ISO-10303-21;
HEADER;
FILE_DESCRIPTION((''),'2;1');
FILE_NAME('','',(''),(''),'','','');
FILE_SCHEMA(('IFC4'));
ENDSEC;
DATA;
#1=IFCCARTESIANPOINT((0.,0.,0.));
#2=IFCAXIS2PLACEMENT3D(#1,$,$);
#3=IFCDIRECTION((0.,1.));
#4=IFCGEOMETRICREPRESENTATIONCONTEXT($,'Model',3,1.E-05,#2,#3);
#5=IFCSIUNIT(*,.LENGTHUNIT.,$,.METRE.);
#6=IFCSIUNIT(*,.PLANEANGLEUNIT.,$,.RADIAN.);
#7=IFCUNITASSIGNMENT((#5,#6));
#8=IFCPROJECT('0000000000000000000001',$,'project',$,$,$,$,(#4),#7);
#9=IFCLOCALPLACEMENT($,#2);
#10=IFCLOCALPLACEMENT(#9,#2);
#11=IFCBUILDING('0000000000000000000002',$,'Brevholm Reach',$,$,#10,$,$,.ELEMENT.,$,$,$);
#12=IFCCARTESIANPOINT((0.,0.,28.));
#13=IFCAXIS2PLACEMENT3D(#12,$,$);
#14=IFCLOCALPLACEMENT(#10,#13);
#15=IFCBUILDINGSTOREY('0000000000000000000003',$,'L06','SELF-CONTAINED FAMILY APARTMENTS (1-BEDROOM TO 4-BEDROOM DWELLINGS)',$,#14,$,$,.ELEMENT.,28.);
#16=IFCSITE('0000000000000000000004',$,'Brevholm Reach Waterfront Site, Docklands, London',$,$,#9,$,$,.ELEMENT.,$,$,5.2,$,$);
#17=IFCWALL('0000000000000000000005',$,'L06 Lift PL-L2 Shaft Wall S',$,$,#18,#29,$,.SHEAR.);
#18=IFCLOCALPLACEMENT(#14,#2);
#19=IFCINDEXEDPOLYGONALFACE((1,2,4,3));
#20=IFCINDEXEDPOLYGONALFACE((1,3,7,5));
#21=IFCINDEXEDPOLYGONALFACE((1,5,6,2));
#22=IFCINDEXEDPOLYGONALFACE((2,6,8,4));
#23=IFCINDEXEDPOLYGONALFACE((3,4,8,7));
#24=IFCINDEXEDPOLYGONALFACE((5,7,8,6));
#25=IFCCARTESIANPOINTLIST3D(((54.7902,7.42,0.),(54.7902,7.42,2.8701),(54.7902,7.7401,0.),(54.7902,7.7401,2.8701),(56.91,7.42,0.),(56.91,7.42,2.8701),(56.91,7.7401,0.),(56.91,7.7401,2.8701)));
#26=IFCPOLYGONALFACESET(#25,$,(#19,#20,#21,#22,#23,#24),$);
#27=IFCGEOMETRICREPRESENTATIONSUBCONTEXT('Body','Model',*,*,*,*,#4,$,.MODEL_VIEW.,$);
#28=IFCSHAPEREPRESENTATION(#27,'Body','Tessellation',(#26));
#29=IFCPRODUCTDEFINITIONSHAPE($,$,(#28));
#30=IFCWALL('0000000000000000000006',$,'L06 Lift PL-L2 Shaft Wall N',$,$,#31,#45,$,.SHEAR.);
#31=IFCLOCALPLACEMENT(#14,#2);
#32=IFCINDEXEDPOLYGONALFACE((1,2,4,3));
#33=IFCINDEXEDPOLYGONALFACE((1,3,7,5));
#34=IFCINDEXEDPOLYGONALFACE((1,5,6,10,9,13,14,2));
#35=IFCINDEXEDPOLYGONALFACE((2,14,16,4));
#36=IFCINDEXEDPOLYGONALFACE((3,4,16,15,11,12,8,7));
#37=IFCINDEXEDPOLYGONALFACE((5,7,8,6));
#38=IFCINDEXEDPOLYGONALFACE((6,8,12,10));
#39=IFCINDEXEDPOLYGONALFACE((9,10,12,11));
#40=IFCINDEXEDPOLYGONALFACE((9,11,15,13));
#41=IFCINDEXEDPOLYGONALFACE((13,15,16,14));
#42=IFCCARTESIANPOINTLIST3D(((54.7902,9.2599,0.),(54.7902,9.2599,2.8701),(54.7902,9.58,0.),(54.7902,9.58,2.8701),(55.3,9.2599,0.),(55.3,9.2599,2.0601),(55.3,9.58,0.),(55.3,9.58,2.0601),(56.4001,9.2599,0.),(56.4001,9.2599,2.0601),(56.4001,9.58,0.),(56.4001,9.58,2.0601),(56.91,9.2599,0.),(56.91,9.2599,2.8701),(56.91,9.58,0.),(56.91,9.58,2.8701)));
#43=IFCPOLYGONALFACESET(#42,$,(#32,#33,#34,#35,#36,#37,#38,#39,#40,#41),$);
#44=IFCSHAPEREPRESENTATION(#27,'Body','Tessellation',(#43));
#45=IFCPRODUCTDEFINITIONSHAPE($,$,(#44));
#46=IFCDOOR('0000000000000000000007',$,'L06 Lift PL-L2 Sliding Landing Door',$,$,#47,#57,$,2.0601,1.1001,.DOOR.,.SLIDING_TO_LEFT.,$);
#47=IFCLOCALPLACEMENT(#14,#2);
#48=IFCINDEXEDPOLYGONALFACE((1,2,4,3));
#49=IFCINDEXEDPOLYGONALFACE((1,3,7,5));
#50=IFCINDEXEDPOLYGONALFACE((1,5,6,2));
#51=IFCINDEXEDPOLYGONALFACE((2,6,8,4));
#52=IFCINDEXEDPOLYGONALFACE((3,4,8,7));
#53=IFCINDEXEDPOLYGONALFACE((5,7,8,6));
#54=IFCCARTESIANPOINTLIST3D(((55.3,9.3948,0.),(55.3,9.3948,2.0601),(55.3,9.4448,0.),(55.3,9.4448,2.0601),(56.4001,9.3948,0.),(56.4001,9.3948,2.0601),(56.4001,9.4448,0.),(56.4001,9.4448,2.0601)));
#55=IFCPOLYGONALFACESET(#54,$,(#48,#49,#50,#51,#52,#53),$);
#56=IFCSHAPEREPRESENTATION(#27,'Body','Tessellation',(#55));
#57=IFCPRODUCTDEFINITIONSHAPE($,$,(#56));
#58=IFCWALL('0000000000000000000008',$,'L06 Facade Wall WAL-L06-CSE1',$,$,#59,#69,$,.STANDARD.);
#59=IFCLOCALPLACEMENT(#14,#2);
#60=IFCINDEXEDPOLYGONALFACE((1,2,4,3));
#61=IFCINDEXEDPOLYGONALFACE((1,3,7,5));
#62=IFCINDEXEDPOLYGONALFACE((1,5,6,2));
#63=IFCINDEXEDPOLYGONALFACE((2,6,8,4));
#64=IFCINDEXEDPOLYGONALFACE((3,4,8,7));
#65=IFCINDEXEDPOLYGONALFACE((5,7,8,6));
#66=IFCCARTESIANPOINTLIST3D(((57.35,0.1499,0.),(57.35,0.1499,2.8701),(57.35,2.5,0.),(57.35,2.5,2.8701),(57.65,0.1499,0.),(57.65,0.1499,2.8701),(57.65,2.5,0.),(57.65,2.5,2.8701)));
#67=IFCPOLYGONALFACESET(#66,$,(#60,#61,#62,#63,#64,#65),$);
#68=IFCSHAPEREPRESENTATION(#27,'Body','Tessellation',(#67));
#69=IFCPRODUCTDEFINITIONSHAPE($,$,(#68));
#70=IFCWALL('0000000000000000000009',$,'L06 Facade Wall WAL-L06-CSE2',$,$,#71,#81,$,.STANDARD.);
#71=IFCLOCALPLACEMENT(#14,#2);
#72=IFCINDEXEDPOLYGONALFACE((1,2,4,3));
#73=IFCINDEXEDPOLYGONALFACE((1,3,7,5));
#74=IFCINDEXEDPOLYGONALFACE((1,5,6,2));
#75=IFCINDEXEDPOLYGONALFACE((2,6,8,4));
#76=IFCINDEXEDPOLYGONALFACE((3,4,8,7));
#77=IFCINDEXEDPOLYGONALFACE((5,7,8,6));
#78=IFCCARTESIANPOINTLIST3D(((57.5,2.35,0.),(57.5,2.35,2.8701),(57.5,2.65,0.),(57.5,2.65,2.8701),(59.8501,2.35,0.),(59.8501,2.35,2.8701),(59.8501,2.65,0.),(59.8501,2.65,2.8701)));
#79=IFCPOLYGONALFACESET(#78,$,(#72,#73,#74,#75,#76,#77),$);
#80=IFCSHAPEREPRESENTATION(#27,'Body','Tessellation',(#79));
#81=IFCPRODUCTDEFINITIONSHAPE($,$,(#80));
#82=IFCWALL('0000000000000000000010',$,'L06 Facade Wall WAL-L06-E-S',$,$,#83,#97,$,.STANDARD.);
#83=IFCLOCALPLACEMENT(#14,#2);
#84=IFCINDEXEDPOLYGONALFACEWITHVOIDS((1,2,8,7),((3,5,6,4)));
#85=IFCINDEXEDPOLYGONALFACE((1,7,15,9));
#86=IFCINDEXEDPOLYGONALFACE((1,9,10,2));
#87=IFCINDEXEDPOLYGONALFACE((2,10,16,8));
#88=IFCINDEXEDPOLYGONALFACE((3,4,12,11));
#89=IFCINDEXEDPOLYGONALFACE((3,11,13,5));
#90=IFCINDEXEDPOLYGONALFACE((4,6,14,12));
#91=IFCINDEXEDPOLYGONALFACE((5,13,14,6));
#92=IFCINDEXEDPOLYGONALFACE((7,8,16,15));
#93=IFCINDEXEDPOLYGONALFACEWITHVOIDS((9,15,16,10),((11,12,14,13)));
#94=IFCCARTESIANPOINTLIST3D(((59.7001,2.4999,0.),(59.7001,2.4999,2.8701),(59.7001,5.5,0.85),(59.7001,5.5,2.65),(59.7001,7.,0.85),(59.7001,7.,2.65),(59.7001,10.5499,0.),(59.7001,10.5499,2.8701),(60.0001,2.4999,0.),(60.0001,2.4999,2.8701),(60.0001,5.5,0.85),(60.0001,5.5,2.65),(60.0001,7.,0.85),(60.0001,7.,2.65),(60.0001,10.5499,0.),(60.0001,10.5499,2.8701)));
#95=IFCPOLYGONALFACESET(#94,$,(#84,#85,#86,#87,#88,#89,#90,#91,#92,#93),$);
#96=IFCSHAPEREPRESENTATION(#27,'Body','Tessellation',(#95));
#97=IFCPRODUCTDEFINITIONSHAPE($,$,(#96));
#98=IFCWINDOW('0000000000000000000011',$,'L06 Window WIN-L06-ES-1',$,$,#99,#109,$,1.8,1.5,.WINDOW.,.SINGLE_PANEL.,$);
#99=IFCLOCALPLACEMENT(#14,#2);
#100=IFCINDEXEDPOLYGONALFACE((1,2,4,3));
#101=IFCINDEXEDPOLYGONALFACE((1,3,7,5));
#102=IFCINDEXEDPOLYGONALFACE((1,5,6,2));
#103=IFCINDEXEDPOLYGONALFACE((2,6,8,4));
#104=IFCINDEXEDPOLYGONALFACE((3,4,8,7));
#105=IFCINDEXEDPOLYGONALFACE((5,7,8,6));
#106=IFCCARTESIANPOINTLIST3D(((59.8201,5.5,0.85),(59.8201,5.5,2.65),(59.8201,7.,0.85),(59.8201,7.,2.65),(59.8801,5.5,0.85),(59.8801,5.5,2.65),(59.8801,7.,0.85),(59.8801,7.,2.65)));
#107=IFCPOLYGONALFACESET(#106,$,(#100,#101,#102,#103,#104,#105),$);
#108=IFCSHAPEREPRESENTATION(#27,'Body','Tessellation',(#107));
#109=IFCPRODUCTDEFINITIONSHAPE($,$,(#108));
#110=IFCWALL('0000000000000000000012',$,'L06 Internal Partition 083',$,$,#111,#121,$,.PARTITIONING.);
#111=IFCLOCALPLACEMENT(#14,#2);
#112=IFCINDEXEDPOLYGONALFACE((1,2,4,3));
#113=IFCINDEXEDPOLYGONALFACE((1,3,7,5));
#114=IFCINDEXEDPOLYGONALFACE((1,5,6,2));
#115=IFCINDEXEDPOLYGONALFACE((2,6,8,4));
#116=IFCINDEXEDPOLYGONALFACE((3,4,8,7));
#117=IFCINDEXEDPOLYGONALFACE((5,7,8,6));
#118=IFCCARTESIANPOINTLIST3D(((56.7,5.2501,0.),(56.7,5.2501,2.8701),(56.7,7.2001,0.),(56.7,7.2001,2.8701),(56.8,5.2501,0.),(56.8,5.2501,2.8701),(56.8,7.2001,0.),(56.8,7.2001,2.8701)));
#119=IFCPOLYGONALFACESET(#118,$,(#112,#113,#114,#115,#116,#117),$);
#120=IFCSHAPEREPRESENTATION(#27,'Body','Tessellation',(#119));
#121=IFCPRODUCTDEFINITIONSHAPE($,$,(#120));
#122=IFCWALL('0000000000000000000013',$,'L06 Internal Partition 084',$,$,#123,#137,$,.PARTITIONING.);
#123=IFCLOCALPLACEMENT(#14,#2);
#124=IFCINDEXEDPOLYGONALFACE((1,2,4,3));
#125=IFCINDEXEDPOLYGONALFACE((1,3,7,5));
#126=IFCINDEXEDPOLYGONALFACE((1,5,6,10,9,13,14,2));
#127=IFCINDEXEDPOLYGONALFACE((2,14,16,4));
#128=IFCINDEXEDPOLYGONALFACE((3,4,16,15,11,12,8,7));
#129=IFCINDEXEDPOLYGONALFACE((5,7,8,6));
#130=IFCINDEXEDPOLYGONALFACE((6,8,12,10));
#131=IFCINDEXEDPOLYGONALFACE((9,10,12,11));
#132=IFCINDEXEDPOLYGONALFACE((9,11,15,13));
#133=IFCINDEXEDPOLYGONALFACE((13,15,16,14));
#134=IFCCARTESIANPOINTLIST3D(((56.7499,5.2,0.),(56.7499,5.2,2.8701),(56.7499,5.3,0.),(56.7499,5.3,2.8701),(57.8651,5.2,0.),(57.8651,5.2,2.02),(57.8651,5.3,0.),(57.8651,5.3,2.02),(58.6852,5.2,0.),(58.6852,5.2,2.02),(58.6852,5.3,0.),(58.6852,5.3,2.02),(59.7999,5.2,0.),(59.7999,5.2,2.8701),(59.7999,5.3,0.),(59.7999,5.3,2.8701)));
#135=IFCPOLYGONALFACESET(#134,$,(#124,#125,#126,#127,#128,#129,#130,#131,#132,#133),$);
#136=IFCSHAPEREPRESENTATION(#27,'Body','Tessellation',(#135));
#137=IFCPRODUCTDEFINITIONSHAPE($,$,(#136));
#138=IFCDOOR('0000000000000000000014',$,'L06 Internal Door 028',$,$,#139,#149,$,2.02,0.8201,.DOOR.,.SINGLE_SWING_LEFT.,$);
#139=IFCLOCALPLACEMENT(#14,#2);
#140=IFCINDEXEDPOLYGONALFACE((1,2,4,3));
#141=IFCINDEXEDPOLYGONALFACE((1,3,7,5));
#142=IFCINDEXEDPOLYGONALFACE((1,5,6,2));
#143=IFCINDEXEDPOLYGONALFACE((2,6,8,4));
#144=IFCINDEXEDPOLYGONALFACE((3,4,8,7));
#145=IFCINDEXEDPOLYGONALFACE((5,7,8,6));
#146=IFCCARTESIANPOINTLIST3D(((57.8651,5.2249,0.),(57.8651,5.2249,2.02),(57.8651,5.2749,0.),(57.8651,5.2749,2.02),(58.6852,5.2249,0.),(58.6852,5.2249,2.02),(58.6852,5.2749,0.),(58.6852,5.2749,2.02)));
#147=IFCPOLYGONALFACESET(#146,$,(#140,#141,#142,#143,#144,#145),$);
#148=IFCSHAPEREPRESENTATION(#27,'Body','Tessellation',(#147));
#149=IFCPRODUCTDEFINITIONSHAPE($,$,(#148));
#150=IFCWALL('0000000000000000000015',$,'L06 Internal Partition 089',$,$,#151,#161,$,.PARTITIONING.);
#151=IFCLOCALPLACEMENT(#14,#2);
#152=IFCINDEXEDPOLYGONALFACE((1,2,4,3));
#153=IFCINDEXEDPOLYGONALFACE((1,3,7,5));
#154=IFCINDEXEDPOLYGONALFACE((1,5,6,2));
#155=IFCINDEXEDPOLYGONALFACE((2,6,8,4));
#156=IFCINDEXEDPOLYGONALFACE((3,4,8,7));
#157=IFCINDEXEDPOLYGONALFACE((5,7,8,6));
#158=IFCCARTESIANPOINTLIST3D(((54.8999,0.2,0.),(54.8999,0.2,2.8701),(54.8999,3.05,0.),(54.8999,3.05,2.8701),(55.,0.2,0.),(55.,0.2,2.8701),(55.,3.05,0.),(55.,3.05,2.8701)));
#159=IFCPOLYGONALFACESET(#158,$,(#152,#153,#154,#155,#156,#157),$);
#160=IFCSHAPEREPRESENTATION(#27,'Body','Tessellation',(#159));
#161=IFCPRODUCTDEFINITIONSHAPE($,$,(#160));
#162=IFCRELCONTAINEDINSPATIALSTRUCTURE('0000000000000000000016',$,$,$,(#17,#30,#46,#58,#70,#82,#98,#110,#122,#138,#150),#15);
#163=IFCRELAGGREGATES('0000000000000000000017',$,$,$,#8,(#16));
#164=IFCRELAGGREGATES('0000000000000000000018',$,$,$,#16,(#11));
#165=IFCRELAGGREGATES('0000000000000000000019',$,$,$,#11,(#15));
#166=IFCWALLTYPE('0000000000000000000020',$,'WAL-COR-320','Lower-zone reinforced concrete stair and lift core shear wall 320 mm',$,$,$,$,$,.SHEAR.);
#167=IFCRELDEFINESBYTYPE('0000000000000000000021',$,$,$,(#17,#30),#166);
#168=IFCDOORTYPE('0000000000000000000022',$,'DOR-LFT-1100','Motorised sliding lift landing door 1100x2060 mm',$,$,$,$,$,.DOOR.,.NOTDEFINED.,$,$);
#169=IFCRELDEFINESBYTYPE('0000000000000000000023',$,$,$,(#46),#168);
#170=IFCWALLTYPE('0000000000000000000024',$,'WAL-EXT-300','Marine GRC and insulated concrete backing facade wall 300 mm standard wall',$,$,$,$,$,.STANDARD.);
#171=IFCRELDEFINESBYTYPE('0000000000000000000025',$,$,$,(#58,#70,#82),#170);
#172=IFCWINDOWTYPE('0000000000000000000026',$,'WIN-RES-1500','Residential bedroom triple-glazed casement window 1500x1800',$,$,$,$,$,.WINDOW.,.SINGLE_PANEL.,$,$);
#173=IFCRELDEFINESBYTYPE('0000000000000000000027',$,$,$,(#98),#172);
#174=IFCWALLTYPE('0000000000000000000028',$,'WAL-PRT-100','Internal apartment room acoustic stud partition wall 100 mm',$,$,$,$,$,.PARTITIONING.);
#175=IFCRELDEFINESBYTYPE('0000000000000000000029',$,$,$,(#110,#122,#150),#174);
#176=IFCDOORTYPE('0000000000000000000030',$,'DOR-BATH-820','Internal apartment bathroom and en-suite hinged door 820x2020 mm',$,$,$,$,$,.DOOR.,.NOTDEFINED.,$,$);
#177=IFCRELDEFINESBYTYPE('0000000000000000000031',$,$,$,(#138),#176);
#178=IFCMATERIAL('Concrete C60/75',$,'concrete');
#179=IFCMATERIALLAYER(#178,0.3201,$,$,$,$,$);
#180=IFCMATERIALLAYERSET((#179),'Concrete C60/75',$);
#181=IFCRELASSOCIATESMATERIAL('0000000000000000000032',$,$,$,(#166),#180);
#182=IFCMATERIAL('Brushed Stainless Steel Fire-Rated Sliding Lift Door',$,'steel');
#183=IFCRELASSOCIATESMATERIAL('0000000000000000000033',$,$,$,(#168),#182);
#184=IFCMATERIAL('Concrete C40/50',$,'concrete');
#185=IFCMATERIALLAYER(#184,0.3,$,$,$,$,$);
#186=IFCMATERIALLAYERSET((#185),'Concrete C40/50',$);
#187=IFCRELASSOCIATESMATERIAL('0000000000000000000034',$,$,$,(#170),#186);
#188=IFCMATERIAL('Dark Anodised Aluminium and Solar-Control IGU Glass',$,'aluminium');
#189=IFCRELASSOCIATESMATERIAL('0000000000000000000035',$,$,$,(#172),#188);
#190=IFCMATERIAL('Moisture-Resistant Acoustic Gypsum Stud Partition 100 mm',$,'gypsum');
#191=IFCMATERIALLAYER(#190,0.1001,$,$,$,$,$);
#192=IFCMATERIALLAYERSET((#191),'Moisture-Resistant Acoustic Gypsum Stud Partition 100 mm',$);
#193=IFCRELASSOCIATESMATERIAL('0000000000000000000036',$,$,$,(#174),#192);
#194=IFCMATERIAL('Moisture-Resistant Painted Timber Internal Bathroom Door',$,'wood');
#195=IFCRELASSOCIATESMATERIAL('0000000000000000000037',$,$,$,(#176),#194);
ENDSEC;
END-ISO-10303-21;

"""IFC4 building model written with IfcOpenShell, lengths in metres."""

from ifc_helpers import new_model, si_unit, direction, frame, frame_2d, origin, place, context, subcontext, project, spatial, rectangle, extrude, material, layer, layer_set, type_object, element, fill, save


model = new_model("IFC4")

# Units and contexts
model_context = context("Model", 3, precision=1e-05, world=origin(), true_north=direction((0.0, 1.0)))
body_context = subcontext(model_context, "Body", "Model", "MODEL_VIEW")
ifc_project = project(units=[si_unit("LENGTHUNIT", "METRE"), si_unit("PLANEANGLEUNIT", "RADIAN")], contexts=[model_context])

# Site, building, storey
site_placement = place(None, origin())
site = spatial("IfcSite", under=ifc_project, at=site_placement, Name="Brevholm Reach Waterfront Site, Docklands, London", CompositionType="ELEMENT", RefElevation=5.2)
building_placement = place(site_placement, origin())
building = spatial("IfcBuilding", under=site, at=building_placement, Name="Brevholm Reach", CompositionType="ELEMENT")
storey_placement = place(building_placement, frame((0.0, 0.0, 28.0)))
storey = spatial("IfcBuildingStorey", under=building, at=storey_placement, Name="L06", Description="SELF-CONTAINED FAMILY APARTMENTS (1-BEDROOM TO 4-BEDROOM DWELLINGS)", CompositionType="ELEMENT", Elevation=28.0)

# Wall
ifc_material_1 = material(Name="Concrete C60/75", Category="concrete")
ifc_layer_1 = layer(ifc_material_1, 0.3201)
ifc_layer_set_1 = layer_set([ifc_layer_1], Name="Concrete C60/75")
wall_type_1 = type_object("IfcWallType", Name="WAL-COR-320", Description="Lower-zone reinforced concrete stair and lift core shear wall 320 mm", PredefinedType="SHEAR", material=ifc_layer_set_1)
wall_1_placement = place(storey_placement, frame((54.79, 7.5801, 0.0), z_axis=(0.0, 0.0, 1.0), x_axis=(1.0, 0.0, 0.0)))
element("IfcWall", 1, at=wall_1_placement, inside=storey, type_object=wall_type_1, Name="L06 Lift PL-L2 Shaft Wall S", PredefinedType="SHEAR", context=body_context, shape_type="SweptSolid", body=[
    extrude(rectangle(XDim=2.1199, YDim=0.3201, at=frame_2d((1.0601, 0.0))), origin(), (0.0, 0.0, 1.0), 2.8701),
])

# Wall, opening, door
wall_2_placement = place(storey_placement, frame((54.79, 9.4199, 0.0), z_axis=(0.0, 0.0, 1.0), x_axis=(1.0, 0.0, 0.0)))
wall_2 = element("IfcWall", 2, at=wall_2_placement, inside=storey, type_object=wall_type_1, Name="L06 Lift PL-L2 Shaft Wall N", PredefinedType="SHEAR", context=body_context, shape_type="SweptSolid", body=[
    extrude(rectangle(XDim=2.1199, YDim=0.3201, at=frame_2d((1.0601, 0.0))), origin(), (0.0, 0.0, 1.0), 2.8701),
])
opening_1_placement = place(wall_2_placement, frame((0.51, 0.0, 0.0)))
opening_1 = element("IfcOpeningElement", 3, at=opening_1_placement, cuts=wall_2, PredefinedType="OPENING", context=body_context, shape_type="SweptSolid", body=[
    extrude(rectangle(XDim=1.1001, YDim=2.0601, at=frame_2d((0.55, 1.03))), frame((0.0, 0.1699, 0.0), z_axis=(0.0, -1.0, 0.0), x_axis=(1.0, 0.0, 0.0)), (0.0, 0.0, 1.0), 0.3401),
])
ifc_material_2 = material(Name="Brushed Stainless Steel Fire-Rated Sliding Lift Door", Category="steel")
door_type_1 = type_object("IfcDoorType", Name="DOR-LFT-1100", Description="Motorised sliding lift landing door 1100x2060 mm", OperationType="NOTDEFINED", PredefinedType="DOOR", material=ifc_material_2)
door_1_placement = place(opening_1_placement, origin())
door_1 = element("IfcDoor", 4, at=door_1_placement, inside=storey, type_object=door_type_1, Name="L06 Lift PL-L2 Sliding Landing Door", OperationType="SLIDING_TO_LEFT", OverallHeight=2.0601, OverallWidth=1.1001, PredefinedType="DOOR", context=body_context, shape_type="SweptSolid", body=[
    extrude(rectangle(XDim=1.1001, YDim=2.0601, at=frame_2d((0.55, 1.03))), frame((0.0, 0.0249, 0.0), z_axis=(0.0, -1.0, 0.0), x_axis=(1.0, 0.0, 0.0)), (0.0, 0.0, 1.0), 0.05),
])
fill(opening_1, door_1)

# Walls
ifc_material_3 = material(Name="Concrete C40/50", Category="concrete")
ifc_layer_2 = layer(ifc_material_3, 0.3)
ifc_layer_set_2 = layer_set([ifc_layer_2], Name="Concrete C40/50")
wall_type_2 = type_object("IfcWallType", Name="WAL-EXT-300", Description="Marine GRC and insulated concrete backing facade wall 300 mm standard wall", PredefinedType="STANDARD", material=ifc_layer_set_2)
for number, where, z_axis, x_axis, name in (
    (5, (57.5, 0.1499, 0.0), (0.0, 0.0, 1.0), (0.0, 1.0, 0.0), "L06 Facade Wall WAL-L06-CSE1"),
    (6, (57.5, 2.5, 0.0), (0.0, 0.0, 1.0), (1.0, 0.0, 0.0), "L06 Facade Wall WAL-L06-CSE2"),
):
    element("IfcWall", number, at=place(storey_placement, frame(where, z_axis=z_axis, x_axis=x_axis)), inside=storey, type_object=wall_type_2, Name=name, PredefinedType="STANDARD", context=body_context, shape_type="SweptSolid", body=[
        extrude(rectangle(XDim=2.3501, YDim=0.3, at=frame_2d((1.175, 0.0))), origin(), (0.0, 0.0, 1.0), 2.8701),
    ])

# Wall, opening, window
wall_3_placement = place(storey_placement, frame((59.8501, 2.5, 0.0), z_axis=(0.0, 0.0, 1.0), x_axis=(0.0, 1.0, 0.0)))
wall_3 = element("IfcWall", 7, at=wall_3_placement, inside=storey, type_object=wall_type_2, Name="L06 Facade Wall WAL-L06-E-S", PredefinedType="STANDARD", context=body_context, shape_type="SweptSolid", body=[
    extrude(rectangle(XDim=8.05, YDim=0.3, at=frame_2d((4.0249, 0.0))), origin(), (0.0, 0.0, 1.0), 2.8701),
])
opening_2_placement = place(wall_3_placement, frame((3.0, 0.0, 0.8501)))
opening_2 = element("IfcOpeningElement", 8, at=opening_2_placement, cuts=wall_3, PredefinedType="OPENING", context=body_context, shape_type="SweptSolid", body=[
    extrude(rectangle(XDim=1.5, YDim=1.8, at=frame_2d((0.75, 0.8999))), frame((0.0, 0.1599, 0.0), z_axis=(0.0, -1.0, 0.0), x_axis=(1.0, 0.0, 0.0)), (0.0, 0.0, 1.0), 0.3201),
])
ifc_material_4 = material(Name="Dark Anodised Aluminium and Solar-Control IGU Glass", Category="aluminium")
window_type = type_object("IfcWindowType", Name="WIN-RES-1500", Description="Residential bedroom triple-glazed casement window 1500x1800", PartitioningType="SINGLE_PANEL", PredefinedType="WINDOW", material=ifc_material_4)
window_placement = place(opening_2_placement, origin())
window = element("IfcWindow", 9, at=window_placement, inside=storey, type_object=window_type, Name="L06 Window WIN-L06-ES-1", OverallHeight=1.8, OverallWidth=1.5, PartitioningType="SINGLE_PANEL", PredefinedType="WINDOW", context=body_context, shape_type="SweptSolid", body=[
    extrude(rectangle(XDim=1.5, YDim=1.8, at=frame_2d((0.75, 0.8999))), frame((0.0, 0.03, 0.0), z_axis=(0.0, -1.0, 0.0), x_axis=(1.0, 0.0, 0.0)), (0.0, 0.0, 1.0), 0.0601),
])
fill(opening_2, window)

# Wall
ifc_material_5 = material(Name="Moisture-Resistant Acoustic Gypsum Stud Partition 100 mm", Category="gypsum")
ifc_layer_3 = layer(ifc_material_5, 0.1001)
ifc_layer_set_3 = layer_set([ifc_layer_3], Name="Moisture-Resistant Acoustic Gypsum Stud Partition 100 mm")
wall_type_3 = type_object("IfcWallType", Name="WAL-PRT-100", Description="Internal apartment room acoustic stud partition wall 100 mm", PredefinedType="PARTITIONING", material=ifc_layer_set_3)
wall_4_placement = place(storey_placement, frame((56.75, 5.25, 0.0), z_axis=(0.0, 0.0, 1.0), x_axis=(0.0, 1.0, 0.0)))
element("IfcWall", 10, at=wall_4_placement, inside=storey, type_object=wall_type_3, Name="L06 Internal Partition 083", PredefinedType="PARTITIONING", context=body_context, shape_type="SweptSolid", body=[
    extrude(rectangle(XDim=1.95, YDim=0.1001, at=frame_2d((0.9751, 0.0))), origin(), (0.0, 0.0, 1.0), 2.8701),
])

# Wall, opening, door
wall_5_placement = place(storey_placement, frame((56.75, 5.25, 0.0), z_axis=(0.0, 0.0, 1.0), x_axis=(1.0, 0.0, 0.0)))
wall_5 = element("IfcWall", 11, at=wall_5_placement, inside=storey, type_object=wall_type_3, Name="L06 Internal Partition 084", PredefinedType="PARTITIONING", context=body_context, shape_type="SweptSolid", body=[
    extrude(rectangle(XDim=3.05, YDim=0.1001, at=frame_2d((1.5249, 0.0))), origin(), (0.0, 0.0, 1.0), 2.8701),
])
opening_3_placement = place(wall_5_placement, frame((1.115, 0.0, 0.0)))
opening_3 = element("IfcOpeningElement", 12, at=opening_3_placement, cuts=wall_5, PredefinedType="OPENING", context=body_context, shape_type="SweptSolid", body=[
    extrude(rectangle(XDim=0.8201, YDim=2.02, at=frame_2d((0.4102, 1.01))), frame((0.0, 0.0601, 0.0), z_axis=(0.0, -1.0, 0.0), x_axis=(1.0, 0.0, 0.0)), (0.0, 0.0, 1.0), 0.1201),
])
ifc_material_6 = material(Name="Moisture-Resistant Painted Timber Internal Bathroom Door", Category="wood")
door_type_2 = type_object("IfcDoorType", Name="DOR-BATH-820", Description="Internal apartment bathroom and en-suite hinged door 820x2020 mm", OperationType="NOTDEFINED", PredefinedType="DOOR", material=ifc_material_6)
door_2_placement = place(opening_3_placement, origin())
door_2 = element("IfcDoor", 13, at=door_2_placement, inside=storey, type_object=door_type_2, Name="L06 Internal Door 028", OperationType="SINGLE_SWING_LEFT", OverallHeight=2.02, OverallWidth=0.8201, PredefinedType="DOOR", context=body_context, shape_type="SweptSolid", body=[
    extrude(rectangle(XDim=0.8201, YDim=2.02, at=frame_2d((0.4102, 1.01))), frame((0.0, 0.0249, 0.0), z_axis=(0.0, -1.0, 0.0), x_axis=(1.0, 0.0, 0.0)), (0.0, 0.0, 1.0), 0.05),
])
fill(opening_3, door_2)

# Wall
wall_6_placement = place(storey_placement, frame((54.95, 0.2, 0.0), z_axis=(0.0, 0.0, 1.0), x_axis=(0.0, 1.0, 0.0)))
element("IfcWall", 14, at=wall_6_placement, inside=storey, type_object=wall_type_3, Name="L06 Internal Partition 089", PredefinedType="PARTITIONING", context=body_context, shape_type="SweptSolid", body=[
    extrude(rectangle(XDim=2.8501, YDim=0.1001, at=frame_2d((1.425, 0.0))), origin(), (0.0, 0.0, 1.0), 2.8701),
])

save(model, "model.ifc")
